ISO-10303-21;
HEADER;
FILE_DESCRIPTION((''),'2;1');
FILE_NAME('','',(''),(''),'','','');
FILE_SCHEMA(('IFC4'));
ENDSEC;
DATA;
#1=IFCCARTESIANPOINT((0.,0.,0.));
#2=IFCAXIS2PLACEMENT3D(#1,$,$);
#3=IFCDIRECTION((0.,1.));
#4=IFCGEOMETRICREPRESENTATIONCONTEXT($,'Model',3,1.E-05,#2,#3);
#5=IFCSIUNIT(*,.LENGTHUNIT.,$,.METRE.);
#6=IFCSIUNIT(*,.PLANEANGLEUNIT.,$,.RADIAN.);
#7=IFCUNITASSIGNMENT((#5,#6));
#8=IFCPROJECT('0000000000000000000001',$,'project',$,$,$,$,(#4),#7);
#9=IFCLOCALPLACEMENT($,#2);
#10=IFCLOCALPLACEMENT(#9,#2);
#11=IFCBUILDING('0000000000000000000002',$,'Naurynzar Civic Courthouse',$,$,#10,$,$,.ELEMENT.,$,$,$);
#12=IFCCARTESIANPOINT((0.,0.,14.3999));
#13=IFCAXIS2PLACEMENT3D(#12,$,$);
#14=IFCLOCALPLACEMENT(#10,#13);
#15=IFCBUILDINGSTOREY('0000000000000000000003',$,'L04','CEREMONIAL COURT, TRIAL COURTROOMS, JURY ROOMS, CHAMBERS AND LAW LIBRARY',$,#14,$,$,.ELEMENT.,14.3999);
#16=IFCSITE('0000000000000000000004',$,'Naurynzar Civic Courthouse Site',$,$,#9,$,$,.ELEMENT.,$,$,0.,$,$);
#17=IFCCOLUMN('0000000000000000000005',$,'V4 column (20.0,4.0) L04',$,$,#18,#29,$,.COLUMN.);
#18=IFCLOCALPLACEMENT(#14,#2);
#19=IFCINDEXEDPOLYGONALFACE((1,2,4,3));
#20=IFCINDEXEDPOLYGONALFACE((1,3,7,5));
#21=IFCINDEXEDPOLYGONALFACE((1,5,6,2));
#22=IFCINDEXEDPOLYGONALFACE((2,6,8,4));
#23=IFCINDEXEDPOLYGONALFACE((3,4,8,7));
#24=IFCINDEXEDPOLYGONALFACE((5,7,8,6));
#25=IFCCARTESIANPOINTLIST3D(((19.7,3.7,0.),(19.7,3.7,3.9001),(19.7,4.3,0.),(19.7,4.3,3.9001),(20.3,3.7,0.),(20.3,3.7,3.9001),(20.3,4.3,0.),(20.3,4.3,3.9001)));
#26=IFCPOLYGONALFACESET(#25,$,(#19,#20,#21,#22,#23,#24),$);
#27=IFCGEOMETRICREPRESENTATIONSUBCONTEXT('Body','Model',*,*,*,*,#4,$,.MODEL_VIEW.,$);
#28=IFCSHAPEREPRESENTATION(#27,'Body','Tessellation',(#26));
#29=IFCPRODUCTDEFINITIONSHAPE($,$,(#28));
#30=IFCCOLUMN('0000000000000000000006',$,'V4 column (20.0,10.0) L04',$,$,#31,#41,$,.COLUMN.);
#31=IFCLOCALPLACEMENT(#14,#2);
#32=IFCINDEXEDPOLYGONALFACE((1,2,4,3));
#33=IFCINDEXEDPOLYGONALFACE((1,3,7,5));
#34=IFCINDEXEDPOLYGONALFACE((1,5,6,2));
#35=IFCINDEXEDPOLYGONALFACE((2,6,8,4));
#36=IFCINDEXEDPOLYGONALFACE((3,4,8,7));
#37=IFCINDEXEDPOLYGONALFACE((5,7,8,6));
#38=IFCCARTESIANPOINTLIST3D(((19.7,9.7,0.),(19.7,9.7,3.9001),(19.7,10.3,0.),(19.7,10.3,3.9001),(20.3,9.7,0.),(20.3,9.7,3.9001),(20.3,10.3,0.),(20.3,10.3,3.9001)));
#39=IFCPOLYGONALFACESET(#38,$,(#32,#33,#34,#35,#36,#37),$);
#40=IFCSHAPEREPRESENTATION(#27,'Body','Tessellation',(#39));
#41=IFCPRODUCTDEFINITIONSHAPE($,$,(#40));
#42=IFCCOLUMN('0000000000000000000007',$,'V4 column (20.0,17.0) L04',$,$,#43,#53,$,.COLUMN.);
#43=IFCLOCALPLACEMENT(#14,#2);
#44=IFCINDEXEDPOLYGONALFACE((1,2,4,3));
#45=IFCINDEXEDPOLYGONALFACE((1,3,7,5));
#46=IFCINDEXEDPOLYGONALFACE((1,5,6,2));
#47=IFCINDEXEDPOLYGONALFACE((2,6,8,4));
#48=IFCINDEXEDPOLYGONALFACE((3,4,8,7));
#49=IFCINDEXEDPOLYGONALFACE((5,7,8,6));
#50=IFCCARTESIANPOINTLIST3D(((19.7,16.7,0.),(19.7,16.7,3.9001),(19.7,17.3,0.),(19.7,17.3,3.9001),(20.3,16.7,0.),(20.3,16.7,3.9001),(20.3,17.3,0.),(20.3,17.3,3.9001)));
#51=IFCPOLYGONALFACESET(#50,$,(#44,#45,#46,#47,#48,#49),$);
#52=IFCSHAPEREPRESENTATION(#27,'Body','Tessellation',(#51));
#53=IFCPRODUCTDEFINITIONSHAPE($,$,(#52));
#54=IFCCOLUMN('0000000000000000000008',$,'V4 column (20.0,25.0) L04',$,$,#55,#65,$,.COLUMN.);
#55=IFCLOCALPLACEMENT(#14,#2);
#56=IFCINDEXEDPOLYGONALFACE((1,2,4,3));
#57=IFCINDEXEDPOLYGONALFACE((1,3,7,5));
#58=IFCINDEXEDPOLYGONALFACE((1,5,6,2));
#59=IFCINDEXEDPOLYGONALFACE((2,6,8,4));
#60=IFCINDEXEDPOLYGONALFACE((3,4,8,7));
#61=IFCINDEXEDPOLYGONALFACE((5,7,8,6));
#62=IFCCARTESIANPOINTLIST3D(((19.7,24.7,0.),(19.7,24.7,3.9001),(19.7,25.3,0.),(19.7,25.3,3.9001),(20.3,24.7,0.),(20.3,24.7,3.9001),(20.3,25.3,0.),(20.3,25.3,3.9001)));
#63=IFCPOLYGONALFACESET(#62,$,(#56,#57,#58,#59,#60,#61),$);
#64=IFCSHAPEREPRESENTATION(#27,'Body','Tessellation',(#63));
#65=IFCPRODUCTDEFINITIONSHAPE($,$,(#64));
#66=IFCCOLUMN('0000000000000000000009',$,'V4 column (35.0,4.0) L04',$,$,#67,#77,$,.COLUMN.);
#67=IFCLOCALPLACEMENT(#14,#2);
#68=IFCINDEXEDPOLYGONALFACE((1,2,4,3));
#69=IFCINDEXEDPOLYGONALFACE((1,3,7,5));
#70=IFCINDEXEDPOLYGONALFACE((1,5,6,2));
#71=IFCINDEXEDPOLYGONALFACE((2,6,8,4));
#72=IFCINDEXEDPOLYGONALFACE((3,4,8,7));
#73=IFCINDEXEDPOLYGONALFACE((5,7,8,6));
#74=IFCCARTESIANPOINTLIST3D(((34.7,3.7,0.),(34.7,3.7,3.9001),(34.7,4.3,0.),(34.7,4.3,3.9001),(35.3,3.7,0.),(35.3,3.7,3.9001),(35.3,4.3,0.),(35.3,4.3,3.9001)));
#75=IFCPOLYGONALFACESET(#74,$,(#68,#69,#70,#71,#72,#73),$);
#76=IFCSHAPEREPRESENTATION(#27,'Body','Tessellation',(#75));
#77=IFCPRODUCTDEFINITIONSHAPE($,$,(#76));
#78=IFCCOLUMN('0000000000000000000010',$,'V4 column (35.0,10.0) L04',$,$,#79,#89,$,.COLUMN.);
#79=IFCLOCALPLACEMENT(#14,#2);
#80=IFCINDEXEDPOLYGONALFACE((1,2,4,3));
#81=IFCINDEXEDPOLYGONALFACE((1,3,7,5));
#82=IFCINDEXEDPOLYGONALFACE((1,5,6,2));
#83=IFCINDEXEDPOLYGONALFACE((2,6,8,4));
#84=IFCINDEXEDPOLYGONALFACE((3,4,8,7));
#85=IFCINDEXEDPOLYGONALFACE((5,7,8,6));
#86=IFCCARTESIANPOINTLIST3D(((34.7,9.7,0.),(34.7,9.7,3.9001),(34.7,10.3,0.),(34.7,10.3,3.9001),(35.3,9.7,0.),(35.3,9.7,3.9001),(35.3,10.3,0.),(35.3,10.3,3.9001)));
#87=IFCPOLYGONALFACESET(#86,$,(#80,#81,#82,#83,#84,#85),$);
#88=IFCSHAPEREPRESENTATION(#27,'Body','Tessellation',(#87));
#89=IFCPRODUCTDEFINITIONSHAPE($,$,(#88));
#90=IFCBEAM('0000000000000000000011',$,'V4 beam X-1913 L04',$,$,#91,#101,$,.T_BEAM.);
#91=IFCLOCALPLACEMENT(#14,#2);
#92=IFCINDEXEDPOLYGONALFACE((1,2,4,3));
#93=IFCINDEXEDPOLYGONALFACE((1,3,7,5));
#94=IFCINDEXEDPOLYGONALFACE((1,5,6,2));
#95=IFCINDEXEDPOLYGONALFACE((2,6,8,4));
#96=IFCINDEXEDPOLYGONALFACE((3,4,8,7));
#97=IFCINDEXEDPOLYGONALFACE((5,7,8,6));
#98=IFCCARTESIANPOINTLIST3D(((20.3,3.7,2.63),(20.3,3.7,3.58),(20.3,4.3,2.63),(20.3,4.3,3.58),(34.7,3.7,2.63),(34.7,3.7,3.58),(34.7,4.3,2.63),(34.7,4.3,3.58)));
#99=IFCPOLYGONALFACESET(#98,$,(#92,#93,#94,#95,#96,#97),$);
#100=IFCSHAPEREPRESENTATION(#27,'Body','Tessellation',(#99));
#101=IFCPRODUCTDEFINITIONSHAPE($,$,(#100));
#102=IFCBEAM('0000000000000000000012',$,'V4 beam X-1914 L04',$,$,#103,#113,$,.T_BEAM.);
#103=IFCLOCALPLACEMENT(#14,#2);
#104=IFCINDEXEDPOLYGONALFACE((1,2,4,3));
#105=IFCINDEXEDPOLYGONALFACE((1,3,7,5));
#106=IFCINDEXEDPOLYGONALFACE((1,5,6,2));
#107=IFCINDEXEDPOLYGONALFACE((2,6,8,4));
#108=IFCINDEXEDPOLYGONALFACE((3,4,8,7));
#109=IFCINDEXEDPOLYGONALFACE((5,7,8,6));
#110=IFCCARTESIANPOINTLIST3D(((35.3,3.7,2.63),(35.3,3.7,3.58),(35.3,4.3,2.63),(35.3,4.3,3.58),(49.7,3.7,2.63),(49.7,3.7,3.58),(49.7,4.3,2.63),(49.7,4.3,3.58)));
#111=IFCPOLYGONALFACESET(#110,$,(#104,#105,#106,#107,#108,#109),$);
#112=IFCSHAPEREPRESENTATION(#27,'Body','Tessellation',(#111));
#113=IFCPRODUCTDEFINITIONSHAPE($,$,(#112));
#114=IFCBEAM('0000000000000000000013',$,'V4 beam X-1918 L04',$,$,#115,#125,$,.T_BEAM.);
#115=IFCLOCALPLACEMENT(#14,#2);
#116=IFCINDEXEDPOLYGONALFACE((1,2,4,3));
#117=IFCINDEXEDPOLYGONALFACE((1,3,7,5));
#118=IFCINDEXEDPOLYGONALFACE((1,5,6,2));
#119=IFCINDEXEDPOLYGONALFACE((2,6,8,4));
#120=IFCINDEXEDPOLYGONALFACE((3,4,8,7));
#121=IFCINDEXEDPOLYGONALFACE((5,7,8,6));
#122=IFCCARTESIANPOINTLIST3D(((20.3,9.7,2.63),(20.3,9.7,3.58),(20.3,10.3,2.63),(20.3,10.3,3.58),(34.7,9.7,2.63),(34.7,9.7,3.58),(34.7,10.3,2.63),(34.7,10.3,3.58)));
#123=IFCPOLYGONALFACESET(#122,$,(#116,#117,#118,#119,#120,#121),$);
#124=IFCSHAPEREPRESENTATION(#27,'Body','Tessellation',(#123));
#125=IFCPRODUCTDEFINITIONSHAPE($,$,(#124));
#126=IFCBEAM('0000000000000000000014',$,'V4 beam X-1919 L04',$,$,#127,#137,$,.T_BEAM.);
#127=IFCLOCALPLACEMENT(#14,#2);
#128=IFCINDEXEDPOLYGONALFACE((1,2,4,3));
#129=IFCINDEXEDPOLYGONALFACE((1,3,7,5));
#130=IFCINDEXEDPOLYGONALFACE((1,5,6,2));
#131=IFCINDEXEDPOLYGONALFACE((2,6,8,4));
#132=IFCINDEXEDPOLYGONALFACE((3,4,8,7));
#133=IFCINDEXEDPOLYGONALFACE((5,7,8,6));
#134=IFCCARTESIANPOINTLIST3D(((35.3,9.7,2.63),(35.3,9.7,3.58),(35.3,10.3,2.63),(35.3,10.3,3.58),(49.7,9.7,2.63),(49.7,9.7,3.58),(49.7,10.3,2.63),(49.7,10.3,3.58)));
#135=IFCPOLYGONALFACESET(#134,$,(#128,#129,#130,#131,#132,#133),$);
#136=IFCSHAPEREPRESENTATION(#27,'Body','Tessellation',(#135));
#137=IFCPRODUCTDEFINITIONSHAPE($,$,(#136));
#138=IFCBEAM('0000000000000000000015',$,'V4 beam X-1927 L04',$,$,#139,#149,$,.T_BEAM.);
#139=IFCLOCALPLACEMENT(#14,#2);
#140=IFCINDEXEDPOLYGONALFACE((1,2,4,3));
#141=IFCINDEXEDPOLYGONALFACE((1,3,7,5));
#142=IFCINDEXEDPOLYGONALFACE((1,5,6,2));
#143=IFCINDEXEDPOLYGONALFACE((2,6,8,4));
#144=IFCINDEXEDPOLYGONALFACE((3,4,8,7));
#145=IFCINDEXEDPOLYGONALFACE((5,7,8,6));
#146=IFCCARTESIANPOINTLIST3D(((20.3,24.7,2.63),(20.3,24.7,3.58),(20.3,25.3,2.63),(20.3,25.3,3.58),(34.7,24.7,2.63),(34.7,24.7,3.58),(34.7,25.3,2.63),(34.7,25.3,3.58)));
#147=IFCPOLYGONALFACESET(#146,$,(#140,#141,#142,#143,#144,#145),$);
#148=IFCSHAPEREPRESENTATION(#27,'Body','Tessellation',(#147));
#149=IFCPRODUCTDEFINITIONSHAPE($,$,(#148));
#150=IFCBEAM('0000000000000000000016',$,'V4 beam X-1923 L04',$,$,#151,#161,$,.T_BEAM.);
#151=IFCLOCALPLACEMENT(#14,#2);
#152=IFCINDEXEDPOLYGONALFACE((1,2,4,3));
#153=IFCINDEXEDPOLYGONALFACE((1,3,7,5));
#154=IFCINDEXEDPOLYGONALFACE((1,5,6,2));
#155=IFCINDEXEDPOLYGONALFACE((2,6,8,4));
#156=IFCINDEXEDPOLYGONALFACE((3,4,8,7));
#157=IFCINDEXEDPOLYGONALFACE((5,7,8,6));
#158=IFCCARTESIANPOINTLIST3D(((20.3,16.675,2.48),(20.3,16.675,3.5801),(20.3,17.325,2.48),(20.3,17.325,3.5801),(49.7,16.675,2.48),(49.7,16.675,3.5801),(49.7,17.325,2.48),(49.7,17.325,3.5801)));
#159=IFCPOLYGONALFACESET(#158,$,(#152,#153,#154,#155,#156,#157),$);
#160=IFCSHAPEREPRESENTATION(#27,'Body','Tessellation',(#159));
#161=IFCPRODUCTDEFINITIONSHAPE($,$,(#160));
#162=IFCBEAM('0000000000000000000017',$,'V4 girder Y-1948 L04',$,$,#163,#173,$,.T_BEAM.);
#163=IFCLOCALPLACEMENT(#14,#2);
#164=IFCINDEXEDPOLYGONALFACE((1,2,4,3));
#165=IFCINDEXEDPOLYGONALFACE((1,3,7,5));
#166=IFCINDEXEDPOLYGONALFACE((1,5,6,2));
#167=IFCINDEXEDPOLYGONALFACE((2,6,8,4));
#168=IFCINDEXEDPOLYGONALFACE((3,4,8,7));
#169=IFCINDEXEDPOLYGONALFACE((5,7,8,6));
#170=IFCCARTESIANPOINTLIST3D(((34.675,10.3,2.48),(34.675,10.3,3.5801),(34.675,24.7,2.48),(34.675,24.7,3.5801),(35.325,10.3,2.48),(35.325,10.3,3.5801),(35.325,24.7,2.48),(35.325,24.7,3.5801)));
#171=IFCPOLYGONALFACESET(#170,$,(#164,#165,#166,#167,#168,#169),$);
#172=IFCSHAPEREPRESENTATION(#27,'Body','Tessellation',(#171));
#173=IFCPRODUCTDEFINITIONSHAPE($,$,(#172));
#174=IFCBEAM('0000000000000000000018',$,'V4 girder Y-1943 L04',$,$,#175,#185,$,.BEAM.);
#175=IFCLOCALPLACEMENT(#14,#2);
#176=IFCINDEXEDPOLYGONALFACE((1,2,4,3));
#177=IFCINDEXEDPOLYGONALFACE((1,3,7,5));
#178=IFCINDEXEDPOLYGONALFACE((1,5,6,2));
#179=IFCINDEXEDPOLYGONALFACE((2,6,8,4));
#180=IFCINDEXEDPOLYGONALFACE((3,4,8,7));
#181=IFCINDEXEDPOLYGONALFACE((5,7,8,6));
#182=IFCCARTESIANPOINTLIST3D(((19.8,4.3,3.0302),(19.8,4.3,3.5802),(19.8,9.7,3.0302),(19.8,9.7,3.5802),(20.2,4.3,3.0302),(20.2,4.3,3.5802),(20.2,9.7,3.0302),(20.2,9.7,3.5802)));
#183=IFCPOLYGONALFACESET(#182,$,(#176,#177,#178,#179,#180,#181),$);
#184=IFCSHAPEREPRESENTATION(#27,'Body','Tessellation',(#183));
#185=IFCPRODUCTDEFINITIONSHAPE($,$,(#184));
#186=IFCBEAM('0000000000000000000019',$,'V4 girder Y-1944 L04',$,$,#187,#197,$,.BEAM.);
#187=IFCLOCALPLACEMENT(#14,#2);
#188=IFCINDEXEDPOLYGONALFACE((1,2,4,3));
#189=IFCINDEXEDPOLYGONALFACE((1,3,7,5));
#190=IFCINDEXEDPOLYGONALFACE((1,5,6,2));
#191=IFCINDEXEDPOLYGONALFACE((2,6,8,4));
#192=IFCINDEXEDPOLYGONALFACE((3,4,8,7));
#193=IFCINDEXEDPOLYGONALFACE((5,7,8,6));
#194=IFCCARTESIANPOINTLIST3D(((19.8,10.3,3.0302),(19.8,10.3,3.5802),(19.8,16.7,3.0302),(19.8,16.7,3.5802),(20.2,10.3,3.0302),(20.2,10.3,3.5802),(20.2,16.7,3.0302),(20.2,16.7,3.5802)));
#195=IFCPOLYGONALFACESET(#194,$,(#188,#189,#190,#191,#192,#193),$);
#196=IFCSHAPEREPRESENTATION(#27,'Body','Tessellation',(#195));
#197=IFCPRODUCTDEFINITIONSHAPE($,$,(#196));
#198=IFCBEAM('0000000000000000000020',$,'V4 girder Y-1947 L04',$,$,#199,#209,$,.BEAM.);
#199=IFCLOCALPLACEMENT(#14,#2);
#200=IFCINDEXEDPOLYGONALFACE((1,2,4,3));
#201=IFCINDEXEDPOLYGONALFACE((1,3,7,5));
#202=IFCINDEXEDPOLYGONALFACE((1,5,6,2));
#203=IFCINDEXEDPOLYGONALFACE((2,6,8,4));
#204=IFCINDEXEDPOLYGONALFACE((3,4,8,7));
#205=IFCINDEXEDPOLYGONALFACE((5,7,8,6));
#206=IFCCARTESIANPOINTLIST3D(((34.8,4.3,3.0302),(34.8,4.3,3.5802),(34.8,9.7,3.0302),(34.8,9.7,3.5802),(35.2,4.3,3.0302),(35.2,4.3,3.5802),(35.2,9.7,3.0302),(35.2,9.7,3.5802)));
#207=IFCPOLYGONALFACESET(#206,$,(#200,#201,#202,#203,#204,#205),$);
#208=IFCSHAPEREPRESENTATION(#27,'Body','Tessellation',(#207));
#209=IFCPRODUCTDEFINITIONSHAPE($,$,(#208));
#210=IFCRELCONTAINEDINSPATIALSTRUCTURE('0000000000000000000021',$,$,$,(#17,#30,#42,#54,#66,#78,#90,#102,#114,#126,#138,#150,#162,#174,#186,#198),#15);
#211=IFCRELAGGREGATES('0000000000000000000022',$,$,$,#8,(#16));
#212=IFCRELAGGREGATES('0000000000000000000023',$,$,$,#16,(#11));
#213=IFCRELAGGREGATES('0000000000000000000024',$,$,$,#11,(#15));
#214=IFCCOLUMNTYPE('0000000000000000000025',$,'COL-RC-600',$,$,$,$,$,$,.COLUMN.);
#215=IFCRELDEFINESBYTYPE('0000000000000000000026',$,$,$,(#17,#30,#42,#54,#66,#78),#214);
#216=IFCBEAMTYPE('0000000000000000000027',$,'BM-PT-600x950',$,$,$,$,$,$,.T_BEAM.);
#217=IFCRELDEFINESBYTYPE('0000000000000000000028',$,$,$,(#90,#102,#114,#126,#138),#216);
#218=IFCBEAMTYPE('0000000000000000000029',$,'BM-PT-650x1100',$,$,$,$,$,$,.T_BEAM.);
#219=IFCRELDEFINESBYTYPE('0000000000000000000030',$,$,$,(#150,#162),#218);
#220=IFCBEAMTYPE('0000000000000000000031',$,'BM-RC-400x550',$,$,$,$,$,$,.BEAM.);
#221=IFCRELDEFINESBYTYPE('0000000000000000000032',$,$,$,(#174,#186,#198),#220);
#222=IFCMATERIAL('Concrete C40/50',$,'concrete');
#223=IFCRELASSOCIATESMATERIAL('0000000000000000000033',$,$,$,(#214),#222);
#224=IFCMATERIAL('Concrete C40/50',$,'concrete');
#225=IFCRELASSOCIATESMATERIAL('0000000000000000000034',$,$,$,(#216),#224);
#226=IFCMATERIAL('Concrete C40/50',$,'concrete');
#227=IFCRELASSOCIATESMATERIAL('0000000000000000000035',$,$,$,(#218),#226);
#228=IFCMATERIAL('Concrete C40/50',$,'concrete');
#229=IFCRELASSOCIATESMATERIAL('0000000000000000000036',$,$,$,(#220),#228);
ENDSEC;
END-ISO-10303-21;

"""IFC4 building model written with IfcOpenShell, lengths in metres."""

from ifc_helpers import new_model, si_unit, direction, frame, origin, origin_2d, place, context, subcontext, project, spatial, rectangle, extrude, material, material_profile, profile_set, type_object, element, save


model = new_model("IFC4")

# Units and contexts
model_context = context("Model", 3, precision=1e-05, world=origin(), true_north=direction((0.0, 1.0)))
body_context = subcontext(model_context, "Body", "Model", "MODEL_VIEW")
ifc_project = project(units=[si_unit("LENGTHUNIT", "METRE"), si_unit("PLANEANGLEUNIT", "RADIAN")], contexts=[model_context])

# Site, building, storey
site_placement = place(None, origin())
site = spatial("IfcSite", under=ifc_project, at=site_placement, Name="Naurynzar Civic Courthouse Site", CompositionType="ELEMENT", RefElevation=0.0)
building_placement = place(site_placement, origin())
building = spatial("IfcBuilding", under=site, at=building_placement, Name="Naurynzar Civic Courthouse", CompositionType="ELEMENT")
storey_placement = place(building_placement, frame((0.0, 0.0, 14.3999)))
storey = spatial("IfcBuildingStorey", under=building, at=storey_placement, Name="L04", Description="CEREMONIAL COURT, TRIAL COURTROOMS, JURY ROOMS, CHAMBERS AND LAW LIBRARY", CompositionType="ELEMENT", Elevation=14.3999)

# Columns
ifc_material_1 = material(Name="Concrete C40/50", Category="concrete")
ifc_material_profile_1 = material_profile(ifc_material_1, rectangle(XDim=0.6001, YDim=0.6001, at=origin_2d()), Name="RC 600x600")
ifc_profile_set_1 = profile_set([ifc_material_profile_1], Name="Concrete C40/50")
column_type = type_object("IfcColumnType", Name="COL-RC-600", PredefinedType="COLUMN", material=ifc_profile_set_1)
for number, where, z_axis, x_axis, name in (
    (1, (20.0, 4.0, 0.0), (0.0, 0.0, 1.0), (1.0, 0.0, 0.0), "V4 column (20.0,4.0) L04"),
    (2, (20.0, 10.0, 0.0), (0.0, 0.0, 1.0), (1.0, 0.0, 0.0), "V4 column (20.0,10.0) L04"),
    (3, (20.0, 17.0, 0.0), (0.0, 0.0, 1.0), (1.0, 0.0, 0.0), "V4 column (20.0,17.0) L04"),
    (4, (20.0, 25.0, 0.0), (0.0, 0.0, 1.0), (1.0, 0.0, 0.0), "V4 column (20.0,25.0) L04"),
    (5, (35.0, 4.0, 0.0), (0.0, 0.0, 1.0), (1.0, 0.0, 0.0), "V4 column (35.0,4.0) L04"),
    (6, (35.0, 10.0, 0.0), (0.0, 0.0, 1.0), (1.0, 0.0, 0.0), "V4 column (35.0,10.0) L04"),
):
    element("IfcColumn", number, at=place(storey_placement, frame(where, z_axis=z_axis, x_axis=x_axis)), inside=storey, type_object=column_type, Name=name, PredefinedType="COLUMN", context=body_context, shape_type="SweptSolid", body=[
        extrude(rectangle(XDim=0.6001, YDim=0.6001, at=origin_2d()), origin(), (0.0, 0.0, 1.0), 3.9001),
    ])

# Beams
ifc_material_2 = material(Name="Concrete C40/50", Category="concrete")
ifc_material_profile_2 = material_profile(ifc_material_2, rectangle(XDim=0.6001, YDim=0.95, at=origin_2d()), Name="PTB 600x950")
ifc_profile_set_2 = profile_set([ifc_material_profile_2], Name="Concrete C40/50")
beam_type_1 = type_object("IfcBeamType", Name="BM-PT-600x950", PredefinedType="T_BEAM", material=ifc_profile_set_2)
for number, where, z_axis, x_axis, name in (
    (7, (20.3, 4.0, 3.105), (1.0, 0.0, 0.0), (0.0, 1.0, 0.0), "V4 beam X-1913 L04"),
    (8, (35.3, 4.0, 3.105), (1.0, 0.0, 0.0), (0.0, 1.0, 0.0), "V4 beam X-1914 L04"),
    (9, (20.3, 10.0, 3.105), (1.0, 0.0, 0.0), (0.0, 1.0, 0.0), "V4 beam X-1918 L04"),
    (10, (35.3, 10.0, 3.105), (1.0, 0.0, 0.0), (0.0, 1.0, 0.0), "V4 beam X-1919 L04"),
    (11, (20.3, 25.0, 3.105), (1.0, 0.0, 0.0), (0.0, 1.0, 0.0), "V4 beam X-1927 L04"),
):
    element("IfcBeam", number, at=place(storey_placement, frame(where, z_axis=z_axis, x_axis=x_axis)), inside=storey, type_object=beam_type_1, Name=name, PredefinedType="T_BEAM", context=body_context, shape_type="SweptSolid", body=[
        extrude(rectangle(XDim=0.6001, YDim=0.95, at=origin_2d()), origin(), (0.0, 0.0, 1.0), 14.3999),
    ])
ifc_material_3 = material(Name="Concrete C40/50", Category="concrete")
ifc_material_profile_3 = material_profile(ifc_material_3, rectangle(XDim=0.6499, YDim=1.1001, at=origin_2d()), Name="PTB 650x1100")
ifc_profile_set_3 = profile_set([ifc_material_profile_3], Name="Concrete C40/50")
beam_type_2 = type_object("IfcBeamType", Name="BM-PT-650x1100", PredefinedType="T_BEAM", material=ifc_profile_set_3)
beam_1_placement = place(storey_placement, frame((20.3, 17.0, 3.03), z_axis=(1.0, 0.0, 0.0), x_axis=(0.0, 1.0, 0.0)))
element("IfcBeam", 12, at=beam_1_placement, inside=storey, type_object=beam_type_2, Name="V4 beam X-1923 L04", PredefinedType="T_BEAM", context=body_context, shape_type="SweptSolid", body=[
    extrude(rectangle(XDim=0.6499, YDim=1.1001, at=origin_2d()), origin(), (0.0, 0.0, 1.0), 29.3999),
])
beam_2_placement = place(storey_placement, frame((35.0, 10.3, 3.03), z_axis=(0.0, 1.0, 0.0), x_axis=(-1.0, 0.0, 0.0)))
element("IfcBeam", 13, at=beam_2_placement, inside=storey, type_object=beam_type_2, Name="V4 girder Y-1948 L04", PredefinedType="T_BEAM", context=body_context, shape_type="SweptSolid", body=[
    extrude(rectangle(XDim=0.6499, YDim=1.1001, at=origin_2d()), origin(), (0.0, 0.0, 1.0), 14.3999),
])
ifc_material_4 = material(Name="Concrete C40/50", Category="concrete")
ifc_material_profile_4 = material_profile(ifc_material_4, rectangle(XDim=0.3999, YDim=0.55, at=origin_2d()), Name="RCB 400x550")
ifc_profile_set_4 = profile_set([ifc_material_profile_4], Name="Concrete C40/50")
beam_type_3 = type_object("IfcBeamType", Name="BM-RC-400x550", PredefinedType="BEAM", material=ifc_profile_set_4)
beam_3_placement = place(storey_placement, frame((20.0, 4.3, 3.3052), z_axis=(0.0, 1.0, 0.0), x_axis=(-1.0, 0.0, 0.0)))
element("IfcBeam", 14, at=beam_3_placement, inside=storey, type_object=beam_type_3, Name="V4 girder Y-1943 L04", PredefinedType="BEAM", context=body_context, shape_type="SweptSolid", body=[
    extrude(rectangle(XDim=0.3999, YDim=0.55, at=origin_2d()), origin(), (0.0, 0.0, 1.0), 5.3999),
])
beam_4_placement = place(storey_placement, frame((20.0, 10.3, 3.3052), z_axis=(0.0, 1.0, 0.0), x_axis=(-1.0, 0.0, 0.0)))
element("IfcBeam", 15, at=beam_4_placement, inside=storey, type_object=beam_type_3, Name="V4 girder Y-1944 L04", PredefinedType="BEAM", context=body_context, shape_type="SweptSolid", body=[
    extrude(rectangle(XDim=0.3999, YDim=0.55, at=origin_2d()), origin(), (0.0, 0.0, 1.0), 6.3999),
])
beam_5_placement = place(storey_placement, frame((35.0, 4.3, 3.3052), z_axis=(0.0, 1.0, 0.0), x_axis=(-1.0, 0.0, 0.0)))
element("IfcBeam", 16, at=beam_5_placement, inside=storey, type_object=beam_type_3, Name="V4 girder Y-1947 L04", PredefinedType="BEAM", context=body_context, shape_type="SweptSolid", body=[
    extrude(rectangle(XDim=0.3999, YDim=0.55, at=origin_2d()), origin(), (0.0, 0.0, 1.0), 5.3999),
])

save(model, "model.ifc")
